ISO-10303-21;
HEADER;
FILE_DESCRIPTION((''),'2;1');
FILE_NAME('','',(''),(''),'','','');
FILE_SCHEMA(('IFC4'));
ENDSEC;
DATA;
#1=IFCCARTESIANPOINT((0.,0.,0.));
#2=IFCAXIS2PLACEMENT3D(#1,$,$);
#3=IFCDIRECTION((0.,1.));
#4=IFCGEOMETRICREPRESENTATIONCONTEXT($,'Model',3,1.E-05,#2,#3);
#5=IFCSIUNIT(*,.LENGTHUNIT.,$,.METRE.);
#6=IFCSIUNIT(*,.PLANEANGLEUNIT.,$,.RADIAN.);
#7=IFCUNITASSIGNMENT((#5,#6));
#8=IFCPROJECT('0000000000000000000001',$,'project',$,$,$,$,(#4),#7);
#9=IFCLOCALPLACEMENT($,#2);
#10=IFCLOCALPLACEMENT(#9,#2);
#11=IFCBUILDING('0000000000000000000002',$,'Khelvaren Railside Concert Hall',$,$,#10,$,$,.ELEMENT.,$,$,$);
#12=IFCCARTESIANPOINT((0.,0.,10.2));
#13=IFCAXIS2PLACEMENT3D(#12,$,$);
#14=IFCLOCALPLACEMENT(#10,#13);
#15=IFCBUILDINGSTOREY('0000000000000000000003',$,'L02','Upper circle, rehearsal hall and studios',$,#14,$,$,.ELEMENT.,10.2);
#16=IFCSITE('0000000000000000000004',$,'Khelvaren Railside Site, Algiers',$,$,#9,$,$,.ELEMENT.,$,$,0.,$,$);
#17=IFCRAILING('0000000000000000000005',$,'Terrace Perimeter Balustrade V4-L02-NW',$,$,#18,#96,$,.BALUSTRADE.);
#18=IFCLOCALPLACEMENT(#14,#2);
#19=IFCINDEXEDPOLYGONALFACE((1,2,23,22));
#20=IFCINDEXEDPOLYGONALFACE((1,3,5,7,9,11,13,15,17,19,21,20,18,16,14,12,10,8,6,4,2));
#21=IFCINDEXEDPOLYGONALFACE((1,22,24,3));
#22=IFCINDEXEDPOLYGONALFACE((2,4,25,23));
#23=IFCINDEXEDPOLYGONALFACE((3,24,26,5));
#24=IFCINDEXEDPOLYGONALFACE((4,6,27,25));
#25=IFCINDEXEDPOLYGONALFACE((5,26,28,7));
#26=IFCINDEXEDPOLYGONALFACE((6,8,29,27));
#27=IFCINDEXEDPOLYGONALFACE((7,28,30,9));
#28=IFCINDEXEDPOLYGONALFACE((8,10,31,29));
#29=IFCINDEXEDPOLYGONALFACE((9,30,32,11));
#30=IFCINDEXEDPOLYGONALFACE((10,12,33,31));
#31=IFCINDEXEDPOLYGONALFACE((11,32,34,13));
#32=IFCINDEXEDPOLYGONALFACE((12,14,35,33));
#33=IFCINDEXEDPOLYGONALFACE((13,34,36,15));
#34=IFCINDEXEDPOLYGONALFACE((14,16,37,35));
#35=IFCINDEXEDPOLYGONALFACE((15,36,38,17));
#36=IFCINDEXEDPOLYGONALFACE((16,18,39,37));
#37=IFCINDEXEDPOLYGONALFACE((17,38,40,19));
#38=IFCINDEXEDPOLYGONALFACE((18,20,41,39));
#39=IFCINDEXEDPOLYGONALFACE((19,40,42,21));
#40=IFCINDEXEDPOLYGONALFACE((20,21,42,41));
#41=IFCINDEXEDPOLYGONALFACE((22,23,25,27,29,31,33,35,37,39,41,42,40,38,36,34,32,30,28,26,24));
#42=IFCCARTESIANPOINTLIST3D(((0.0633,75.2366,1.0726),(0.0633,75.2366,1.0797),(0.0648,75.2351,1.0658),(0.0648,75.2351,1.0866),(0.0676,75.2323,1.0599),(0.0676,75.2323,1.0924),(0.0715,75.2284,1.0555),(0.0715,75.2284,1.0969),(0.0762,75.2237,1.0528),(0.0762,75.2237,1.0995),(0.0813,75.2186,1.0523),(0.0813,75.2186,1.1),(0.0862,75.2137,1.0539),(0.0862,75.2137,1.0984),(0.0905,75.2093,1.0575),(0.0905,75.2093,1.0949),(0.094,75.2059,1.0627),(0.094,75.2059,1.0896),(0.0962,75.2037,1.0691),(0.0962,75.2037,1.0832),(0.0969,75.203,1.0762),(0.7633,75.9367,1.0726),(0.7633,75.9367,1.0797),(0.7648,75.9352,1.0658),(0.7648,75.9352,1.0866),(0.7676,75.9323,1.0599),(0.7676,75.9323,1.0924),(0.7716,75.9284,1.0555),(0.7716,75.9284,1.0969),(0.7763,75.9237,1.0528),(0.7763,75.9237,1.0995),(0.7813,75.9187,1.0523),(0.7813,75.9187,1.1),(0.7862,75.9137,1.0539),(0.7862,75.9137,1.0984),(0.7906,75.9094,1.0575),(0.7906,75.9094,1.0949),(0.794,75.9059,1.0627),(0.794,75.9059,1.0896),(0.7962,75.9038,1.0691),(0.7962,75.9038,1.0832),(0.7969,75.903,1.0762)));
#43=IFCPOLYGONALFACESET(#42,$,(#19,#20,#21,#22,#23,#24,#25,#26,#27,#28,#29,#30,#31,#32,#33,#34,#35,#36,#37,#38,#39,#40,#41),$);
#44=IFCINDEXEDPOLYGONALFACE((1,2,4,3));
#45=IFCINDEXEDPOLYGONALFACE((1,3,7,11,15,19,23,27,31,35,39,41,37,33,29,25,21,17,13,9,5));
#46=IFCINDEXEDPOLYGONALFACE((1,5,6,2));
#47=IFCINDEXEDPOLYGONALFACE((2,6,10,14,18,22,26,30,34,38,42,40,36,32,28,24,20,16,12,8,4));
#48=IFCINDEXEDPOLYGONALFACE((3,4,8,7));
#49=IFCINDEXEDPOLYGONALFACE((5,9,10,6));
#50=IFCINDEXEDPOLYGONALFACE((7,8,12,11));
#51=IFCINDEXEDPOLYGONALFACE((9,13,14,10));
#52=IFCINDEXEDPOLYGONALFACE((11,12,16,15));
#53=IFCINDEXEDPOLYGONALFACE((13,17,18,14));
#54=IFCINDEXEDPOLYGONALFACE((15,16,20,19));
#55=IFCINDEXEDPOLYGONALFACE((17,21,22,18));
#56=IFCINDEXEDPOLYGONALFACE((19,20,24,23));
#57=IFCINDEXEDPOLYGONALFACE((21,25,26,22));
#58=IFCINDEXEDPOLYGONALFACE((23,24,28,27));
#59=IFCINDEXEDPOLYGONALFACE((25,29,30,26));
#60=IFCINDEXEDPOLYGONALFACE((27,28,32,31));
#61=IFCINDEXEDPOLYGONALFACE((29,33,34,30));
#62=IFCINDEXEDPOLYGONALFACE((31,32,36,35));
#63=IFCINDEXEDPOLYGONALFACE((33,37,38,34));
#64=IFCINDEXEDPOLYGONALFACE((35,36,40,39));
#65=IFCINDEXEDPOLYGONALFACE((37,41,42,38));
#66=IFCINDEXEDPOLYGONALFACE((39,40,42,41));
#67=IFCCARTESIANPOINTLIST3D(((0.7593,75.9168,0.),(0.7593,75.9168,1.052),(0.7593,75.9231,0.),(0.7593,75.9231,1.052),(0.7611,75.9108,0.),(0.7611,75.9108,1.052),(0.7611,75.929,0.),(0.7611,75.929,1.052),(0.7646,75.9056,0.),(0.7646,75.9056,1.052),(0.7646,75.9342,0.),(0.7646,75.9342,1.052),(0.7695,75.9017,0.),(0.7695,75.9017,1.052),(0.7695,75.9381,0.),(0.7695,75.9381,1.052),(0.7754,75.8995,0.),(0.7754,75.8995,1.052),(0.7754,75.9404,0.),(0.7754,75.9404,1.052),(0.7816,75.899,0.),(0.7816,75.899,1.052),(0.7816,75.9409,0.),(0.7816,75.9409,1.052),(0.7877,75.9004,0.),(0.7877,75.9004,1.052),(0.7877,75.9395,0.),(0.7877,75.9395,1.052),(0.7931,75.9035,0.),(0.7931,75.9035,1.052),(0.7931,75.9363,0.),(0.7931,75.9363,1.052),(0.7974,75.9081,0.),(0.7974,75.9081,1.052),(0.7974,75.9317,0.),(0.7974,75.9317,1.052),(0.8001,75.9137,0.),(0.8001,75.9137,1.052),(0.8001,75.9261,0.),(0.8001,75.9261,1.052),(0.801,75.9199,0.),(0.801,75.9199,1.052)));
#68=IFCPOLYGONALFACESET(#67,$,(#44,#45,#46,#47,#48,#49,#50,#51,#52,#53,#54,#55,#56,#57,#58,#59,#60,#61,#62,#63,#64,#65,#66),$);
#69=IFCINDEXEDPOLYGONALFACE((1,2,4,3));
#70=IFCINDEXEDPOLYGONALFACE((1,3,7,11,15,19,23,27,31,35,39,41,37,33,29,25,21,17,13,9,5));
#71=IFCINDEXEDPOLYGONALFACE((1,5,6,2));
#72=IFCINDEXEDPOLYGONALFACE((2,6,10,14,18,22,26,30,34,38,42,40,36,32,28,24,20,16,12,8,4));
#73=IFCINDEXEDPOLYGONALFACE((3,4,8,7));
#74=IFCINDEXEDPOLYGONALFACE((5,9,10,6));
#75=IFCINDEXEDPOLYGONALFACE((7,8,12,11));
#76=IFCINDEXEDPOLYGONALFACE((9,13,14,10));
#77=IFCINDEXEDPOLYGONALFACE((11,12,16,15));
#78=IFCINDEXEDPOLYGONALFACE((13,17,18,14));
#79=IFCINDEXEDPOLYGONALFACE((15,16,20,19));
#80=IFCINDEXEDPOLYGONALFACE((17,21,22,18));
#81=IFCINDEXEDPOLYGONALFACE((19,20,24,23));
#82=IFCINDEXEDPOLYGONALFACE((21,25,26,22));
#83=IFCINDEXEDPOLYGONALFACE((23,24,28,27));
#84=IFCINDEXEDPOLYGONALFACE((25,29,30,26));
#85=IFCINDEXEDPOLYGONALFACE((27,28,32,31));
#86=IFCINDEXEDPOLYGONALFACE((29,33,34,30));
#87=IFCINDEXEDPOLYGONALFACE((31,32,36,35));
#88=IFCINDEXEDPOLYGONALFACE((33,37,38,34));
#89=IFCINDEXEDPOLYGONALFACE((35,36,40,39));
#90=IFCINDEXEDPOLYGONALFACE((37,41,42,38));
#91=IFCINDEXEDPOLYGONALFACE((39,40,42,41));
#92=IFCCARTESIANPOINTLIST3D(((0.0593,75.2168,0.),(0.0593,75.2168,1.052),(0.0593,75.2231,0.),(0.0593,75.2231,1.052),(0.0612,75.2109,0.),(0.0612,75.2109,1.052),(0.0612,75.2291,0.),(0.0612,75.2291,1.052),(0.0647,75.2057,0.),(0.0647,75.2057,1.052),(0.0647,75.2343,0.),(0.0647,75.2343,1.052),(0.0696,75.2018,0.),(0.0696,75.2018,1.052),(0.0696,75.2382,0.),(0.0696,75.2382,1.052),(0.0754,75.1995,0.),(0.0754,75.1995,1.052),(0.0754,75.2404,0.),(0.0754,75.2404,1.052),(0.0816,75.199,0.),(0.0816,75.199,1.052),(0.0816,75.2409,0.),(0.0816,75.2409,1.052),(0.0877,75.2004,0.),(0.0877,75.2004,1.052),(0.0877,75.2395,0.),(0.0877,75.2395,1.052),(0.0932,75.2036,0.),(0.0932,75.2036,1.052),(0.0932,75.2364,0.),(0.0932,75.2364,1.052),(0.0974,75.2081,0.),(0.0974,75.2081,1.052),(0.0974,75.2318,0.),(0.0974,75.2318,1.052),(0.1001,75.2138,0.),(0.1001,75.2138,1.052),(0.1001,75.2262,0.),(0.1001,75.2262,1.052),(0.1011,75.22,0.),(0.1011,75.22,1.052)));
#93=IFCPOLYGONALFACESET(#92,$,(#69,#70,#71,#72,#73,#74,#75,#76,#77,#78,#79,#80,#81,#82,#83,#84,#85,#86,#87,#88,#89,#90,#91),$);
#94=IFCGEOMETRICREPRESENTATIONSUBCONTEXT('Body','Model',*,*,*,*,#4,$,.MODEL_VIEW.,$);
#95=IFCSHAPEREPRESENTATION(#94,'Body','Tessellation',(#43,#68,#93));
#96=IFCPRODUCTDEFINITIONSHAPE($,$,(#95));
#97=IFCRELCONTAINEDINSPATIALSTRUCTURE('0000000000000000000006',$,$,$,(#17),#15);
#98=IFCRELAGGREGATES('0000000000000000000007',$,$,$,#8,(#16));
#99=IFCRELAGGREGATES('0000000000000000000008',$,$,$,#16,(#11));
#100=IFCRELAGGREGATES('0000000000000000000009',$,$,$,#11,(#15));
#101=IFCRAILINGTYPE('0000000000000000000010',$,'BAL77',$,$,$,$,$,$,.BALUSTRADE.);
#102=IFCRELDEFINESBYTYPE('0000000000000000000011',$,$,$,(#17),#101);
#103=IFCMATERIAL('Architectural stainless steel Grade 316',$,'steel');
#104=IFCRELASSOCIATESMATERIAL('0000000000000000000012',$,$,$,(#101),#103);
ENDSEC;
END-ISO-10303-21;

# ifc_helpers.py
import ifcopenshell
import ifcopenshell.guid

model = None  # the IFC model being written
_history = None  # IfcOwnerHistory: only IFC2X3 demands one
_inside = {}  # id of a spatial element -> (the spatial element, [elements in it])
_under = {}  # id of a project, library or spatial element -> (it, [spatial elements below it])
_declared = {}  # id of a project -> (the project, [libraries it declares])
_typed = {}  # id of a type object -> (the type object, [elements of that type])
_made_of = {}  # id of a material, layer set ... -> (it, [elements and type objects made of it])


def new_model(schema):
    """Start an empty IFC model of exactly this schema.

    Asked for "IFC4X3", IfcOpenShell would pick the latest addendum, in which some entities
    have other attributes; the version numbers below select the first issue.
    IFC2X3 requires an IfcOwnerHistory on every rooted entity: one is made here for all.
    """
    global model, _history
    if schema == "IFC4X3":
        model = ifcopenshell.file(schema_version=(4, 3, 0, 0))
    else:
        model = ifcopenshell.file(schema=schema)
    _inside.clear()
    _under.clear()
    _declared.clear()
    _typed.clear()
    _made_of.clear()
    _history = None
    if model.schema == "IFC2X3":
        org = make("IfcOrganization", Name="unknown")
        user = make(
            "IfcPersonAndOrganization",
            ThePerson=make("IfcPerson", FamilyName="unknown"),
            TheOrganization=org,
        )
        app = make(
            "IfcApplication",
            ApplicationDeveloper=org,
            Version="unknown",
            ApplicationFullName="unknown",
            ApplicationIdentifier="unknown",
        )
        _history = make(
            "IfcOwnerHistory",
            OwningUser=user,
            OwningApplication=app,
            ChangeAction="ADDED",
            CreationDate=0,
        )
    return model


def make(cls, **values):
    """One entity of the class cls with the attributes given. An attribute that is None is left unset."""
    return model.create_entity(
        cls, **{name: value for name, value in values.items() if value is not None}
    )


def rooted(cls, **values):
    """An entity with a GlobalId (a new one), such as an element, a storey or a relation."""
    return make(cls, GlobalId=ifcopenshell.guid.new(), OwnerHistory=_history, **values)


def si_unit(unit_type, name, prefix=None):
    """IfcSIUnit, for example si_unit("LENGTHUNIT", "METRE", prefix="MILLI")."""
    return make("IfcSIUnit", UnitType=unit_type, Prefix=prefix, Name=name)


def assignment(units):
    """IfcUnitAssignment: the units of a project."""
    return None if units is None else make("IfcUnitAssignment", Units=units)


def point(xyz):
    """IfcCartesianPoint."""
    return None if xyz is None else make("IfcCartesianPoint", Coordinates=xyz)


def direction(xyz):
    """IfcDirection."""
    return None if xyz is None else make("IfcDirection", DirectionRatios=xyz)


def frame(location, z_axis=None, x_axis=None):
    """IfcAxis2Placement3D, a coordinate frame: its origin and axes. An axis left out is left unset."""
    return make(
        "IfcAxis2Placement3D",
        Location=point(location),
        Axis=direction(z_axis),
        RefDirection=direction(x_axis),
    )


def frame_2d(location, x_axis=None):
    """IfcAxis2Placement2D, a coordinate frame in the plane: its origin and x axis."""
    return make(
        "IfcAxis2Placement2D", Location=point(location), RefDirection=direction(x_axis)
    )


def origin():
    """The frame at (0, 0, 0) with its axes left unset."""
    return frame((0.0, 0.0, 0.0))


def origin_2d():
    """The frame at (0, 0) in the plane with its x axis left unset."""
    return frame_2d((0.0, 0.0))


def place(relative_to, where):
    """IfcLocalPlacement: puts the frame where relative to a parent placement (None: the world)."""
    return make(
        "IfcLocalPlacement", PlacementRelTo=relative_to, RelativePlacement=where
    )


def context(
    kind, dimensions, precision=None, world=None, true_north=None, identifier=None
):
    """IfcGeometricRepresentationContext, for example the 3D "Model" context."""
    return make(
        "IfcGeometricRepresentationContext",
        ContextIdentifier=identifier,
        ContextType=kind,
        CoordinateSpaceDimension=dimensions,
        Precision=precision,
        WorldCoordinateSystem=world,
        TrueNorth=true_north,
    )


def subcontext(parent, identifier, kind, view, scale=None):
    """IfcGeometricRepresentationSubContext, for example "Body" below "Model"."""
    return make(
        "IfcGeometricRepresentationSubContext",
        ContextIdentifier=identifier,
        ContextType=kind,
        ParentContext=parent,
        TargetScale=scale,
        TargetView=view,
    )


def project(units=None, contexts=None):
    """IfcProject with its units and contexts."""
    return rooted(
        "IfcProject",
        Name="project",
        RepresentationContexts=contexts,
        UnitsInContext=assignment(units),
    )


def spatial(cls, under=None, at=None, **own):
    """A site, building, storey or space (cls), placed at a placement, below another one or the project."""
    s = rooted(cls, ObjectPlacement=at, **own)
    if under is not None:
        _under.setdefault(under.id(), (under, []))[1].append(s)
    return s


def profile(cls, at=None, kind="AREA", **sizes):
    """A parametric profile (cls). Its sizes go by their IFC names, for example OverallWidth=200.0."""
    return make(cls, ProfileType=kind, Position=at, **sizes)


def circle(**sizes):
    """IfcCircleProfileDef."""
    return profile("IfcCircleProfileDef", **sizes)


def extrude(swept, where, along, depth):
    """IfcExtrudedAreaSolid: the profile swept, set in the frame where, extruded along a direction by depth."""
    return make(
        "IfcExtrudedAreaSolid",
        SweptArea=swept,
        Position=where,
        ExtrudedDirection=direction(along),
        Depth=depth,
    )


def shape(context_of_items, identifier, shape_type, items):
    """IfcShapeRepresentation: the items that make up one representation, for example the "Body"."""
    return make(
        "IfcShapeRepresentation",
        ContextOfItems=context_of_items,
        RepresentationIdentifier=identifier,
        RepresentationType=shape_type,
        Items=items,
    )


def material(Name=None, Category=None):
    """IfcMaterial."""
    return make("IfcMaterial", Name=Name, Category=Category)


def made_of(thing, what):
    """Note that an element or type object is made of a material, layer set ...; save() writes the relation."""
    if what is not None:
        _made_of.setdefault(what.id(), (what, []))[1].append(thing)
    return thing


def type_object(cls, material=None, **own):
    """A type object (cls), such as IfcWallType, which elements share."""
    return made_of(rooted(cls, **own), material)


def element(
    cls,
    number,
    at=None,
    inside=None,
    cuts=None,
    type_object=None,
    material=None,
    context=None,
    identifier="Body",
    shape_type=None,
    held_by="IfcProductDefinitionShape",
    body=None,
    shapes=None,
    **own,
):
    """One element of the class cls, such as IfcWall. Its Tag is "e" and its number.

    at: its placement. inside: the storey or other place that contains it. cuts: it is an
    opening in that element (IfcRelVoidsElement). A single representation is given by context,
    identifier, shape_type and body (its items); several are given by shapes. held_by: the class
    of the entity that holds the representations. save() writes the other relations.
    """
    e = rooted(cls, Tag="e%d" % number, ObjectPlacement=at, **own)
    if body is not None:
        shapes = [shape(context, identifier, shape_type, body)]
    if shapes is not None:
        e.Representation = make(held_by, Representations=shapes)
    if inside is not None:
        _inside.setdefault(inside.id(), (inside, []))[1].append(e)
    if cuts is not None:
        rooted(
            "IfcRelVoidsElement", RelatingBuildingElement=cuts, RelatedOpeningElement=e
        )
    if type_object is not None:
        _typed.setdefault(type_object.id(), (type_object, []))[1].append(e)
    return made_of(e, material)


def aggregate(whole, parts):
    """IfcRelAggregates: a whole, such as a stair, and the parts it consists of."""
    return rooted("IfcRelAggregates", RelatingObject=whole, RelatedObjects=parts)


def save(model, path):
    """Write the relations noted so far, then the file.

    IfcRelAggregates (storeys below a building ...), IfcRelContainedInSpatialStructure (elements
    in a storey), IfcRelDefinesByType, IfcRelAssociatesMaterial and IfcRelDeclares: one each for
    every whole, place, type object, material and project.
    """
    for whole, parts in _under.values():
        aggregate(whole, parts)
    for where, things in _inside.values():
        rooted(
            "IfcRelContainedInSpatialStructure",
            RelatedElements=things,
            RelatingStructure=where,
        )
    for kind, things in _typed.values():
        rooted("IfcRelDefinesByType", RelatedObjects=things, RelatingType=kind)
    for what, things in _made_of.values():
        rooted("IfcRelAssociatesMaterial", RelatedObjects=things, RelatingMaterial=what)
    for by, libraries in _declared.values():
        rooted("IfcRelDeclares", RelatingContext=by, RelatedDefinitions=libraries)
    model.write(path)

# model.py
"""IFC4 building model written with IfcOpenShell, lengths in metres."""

from ifc_helpers import new_model, si_unit, direction, frame, origin, origin_2d, place, context, subcontext, project, spatial, circle, extrude, material, type_object, element, save


model = new_model("IFC4")

# Units and contexts
model_context = context("Model", 3, precision=1e-05, world=origin(), true_north=direction((0.0, 1.0)))
body_context = subcontext(model_context, "Body", "Model", "MODEL_VIEW")
ifc_project = project(units=[si_unit("LENGTHUNIT", "METRE"), si_unit("PLANEANGLEUNIT", "RADIAN")], contexts=[model_context])

# Site, building, storey
site_placement = place(None, origin())
site = spatial("IfcSite", under=ifc_project, at=site_placement, Name="Khelvaren Railside Site, Algiers", CompositionType="ELEMENT", RefElevation=0.0)
building_placement = place(site_placement, origin())
building = spatial("IfcBuilding", under=site, at=building_placement, Name="Khelvaren Railside Concert Hall", CompositionType="ELEMENT")
storey_placement = place(building_placement, frame((0.0, 0.0, 10.2)))
storey = spatial("IfcBuildingStorey", under=building, at=storey_placement, Name="L02", Description="Upper circle, rehearsal hall and studios", CompositionType="ELEMENT", Elevation=10.2)

# Railing
ifc_material_1 = material(Name="Architectural stainless steel Grade 316", Category="steel")
railing_type = type_object("IfcRailingType", Name="BAL77", PredefinedType="BALUSTRADE", material=ifc_material_1)
railing_1_placement = place(storey_placement, frame((0.78, 75.9199, 0.0)))
element("IfcRailing", 1, at=railing_1_placement, inside=storey, type_object=railing_type, Name="Terrace Perimeter Balustrade V4-L02-NW", PredefinedType="BALUSTRADE", context=body_context, shape_type="SweptSolid", body=[
    extrude(circle(Radius=0.0239, at=origin_2d()), frame((0.0, 0.0, 1.0762), z_axis=(-0.707107, -0.707107, 0.0), x_axis=(0.707107, -0.707107, 0.0)), (0.0, 0.0, 1.0), 0.99),
    extrude(circle(Radius=0.021, at=origin_2d()), origin(), (0.0, 0.0, 1.0), 1.052),
    extrude(circle(Radius=0.021, at=origin_2d()), frame((-0.7, -0.7, 0.0)), (0.0, 0.0, 1.0), 1.052),
])

save(model, "model.ifc")
